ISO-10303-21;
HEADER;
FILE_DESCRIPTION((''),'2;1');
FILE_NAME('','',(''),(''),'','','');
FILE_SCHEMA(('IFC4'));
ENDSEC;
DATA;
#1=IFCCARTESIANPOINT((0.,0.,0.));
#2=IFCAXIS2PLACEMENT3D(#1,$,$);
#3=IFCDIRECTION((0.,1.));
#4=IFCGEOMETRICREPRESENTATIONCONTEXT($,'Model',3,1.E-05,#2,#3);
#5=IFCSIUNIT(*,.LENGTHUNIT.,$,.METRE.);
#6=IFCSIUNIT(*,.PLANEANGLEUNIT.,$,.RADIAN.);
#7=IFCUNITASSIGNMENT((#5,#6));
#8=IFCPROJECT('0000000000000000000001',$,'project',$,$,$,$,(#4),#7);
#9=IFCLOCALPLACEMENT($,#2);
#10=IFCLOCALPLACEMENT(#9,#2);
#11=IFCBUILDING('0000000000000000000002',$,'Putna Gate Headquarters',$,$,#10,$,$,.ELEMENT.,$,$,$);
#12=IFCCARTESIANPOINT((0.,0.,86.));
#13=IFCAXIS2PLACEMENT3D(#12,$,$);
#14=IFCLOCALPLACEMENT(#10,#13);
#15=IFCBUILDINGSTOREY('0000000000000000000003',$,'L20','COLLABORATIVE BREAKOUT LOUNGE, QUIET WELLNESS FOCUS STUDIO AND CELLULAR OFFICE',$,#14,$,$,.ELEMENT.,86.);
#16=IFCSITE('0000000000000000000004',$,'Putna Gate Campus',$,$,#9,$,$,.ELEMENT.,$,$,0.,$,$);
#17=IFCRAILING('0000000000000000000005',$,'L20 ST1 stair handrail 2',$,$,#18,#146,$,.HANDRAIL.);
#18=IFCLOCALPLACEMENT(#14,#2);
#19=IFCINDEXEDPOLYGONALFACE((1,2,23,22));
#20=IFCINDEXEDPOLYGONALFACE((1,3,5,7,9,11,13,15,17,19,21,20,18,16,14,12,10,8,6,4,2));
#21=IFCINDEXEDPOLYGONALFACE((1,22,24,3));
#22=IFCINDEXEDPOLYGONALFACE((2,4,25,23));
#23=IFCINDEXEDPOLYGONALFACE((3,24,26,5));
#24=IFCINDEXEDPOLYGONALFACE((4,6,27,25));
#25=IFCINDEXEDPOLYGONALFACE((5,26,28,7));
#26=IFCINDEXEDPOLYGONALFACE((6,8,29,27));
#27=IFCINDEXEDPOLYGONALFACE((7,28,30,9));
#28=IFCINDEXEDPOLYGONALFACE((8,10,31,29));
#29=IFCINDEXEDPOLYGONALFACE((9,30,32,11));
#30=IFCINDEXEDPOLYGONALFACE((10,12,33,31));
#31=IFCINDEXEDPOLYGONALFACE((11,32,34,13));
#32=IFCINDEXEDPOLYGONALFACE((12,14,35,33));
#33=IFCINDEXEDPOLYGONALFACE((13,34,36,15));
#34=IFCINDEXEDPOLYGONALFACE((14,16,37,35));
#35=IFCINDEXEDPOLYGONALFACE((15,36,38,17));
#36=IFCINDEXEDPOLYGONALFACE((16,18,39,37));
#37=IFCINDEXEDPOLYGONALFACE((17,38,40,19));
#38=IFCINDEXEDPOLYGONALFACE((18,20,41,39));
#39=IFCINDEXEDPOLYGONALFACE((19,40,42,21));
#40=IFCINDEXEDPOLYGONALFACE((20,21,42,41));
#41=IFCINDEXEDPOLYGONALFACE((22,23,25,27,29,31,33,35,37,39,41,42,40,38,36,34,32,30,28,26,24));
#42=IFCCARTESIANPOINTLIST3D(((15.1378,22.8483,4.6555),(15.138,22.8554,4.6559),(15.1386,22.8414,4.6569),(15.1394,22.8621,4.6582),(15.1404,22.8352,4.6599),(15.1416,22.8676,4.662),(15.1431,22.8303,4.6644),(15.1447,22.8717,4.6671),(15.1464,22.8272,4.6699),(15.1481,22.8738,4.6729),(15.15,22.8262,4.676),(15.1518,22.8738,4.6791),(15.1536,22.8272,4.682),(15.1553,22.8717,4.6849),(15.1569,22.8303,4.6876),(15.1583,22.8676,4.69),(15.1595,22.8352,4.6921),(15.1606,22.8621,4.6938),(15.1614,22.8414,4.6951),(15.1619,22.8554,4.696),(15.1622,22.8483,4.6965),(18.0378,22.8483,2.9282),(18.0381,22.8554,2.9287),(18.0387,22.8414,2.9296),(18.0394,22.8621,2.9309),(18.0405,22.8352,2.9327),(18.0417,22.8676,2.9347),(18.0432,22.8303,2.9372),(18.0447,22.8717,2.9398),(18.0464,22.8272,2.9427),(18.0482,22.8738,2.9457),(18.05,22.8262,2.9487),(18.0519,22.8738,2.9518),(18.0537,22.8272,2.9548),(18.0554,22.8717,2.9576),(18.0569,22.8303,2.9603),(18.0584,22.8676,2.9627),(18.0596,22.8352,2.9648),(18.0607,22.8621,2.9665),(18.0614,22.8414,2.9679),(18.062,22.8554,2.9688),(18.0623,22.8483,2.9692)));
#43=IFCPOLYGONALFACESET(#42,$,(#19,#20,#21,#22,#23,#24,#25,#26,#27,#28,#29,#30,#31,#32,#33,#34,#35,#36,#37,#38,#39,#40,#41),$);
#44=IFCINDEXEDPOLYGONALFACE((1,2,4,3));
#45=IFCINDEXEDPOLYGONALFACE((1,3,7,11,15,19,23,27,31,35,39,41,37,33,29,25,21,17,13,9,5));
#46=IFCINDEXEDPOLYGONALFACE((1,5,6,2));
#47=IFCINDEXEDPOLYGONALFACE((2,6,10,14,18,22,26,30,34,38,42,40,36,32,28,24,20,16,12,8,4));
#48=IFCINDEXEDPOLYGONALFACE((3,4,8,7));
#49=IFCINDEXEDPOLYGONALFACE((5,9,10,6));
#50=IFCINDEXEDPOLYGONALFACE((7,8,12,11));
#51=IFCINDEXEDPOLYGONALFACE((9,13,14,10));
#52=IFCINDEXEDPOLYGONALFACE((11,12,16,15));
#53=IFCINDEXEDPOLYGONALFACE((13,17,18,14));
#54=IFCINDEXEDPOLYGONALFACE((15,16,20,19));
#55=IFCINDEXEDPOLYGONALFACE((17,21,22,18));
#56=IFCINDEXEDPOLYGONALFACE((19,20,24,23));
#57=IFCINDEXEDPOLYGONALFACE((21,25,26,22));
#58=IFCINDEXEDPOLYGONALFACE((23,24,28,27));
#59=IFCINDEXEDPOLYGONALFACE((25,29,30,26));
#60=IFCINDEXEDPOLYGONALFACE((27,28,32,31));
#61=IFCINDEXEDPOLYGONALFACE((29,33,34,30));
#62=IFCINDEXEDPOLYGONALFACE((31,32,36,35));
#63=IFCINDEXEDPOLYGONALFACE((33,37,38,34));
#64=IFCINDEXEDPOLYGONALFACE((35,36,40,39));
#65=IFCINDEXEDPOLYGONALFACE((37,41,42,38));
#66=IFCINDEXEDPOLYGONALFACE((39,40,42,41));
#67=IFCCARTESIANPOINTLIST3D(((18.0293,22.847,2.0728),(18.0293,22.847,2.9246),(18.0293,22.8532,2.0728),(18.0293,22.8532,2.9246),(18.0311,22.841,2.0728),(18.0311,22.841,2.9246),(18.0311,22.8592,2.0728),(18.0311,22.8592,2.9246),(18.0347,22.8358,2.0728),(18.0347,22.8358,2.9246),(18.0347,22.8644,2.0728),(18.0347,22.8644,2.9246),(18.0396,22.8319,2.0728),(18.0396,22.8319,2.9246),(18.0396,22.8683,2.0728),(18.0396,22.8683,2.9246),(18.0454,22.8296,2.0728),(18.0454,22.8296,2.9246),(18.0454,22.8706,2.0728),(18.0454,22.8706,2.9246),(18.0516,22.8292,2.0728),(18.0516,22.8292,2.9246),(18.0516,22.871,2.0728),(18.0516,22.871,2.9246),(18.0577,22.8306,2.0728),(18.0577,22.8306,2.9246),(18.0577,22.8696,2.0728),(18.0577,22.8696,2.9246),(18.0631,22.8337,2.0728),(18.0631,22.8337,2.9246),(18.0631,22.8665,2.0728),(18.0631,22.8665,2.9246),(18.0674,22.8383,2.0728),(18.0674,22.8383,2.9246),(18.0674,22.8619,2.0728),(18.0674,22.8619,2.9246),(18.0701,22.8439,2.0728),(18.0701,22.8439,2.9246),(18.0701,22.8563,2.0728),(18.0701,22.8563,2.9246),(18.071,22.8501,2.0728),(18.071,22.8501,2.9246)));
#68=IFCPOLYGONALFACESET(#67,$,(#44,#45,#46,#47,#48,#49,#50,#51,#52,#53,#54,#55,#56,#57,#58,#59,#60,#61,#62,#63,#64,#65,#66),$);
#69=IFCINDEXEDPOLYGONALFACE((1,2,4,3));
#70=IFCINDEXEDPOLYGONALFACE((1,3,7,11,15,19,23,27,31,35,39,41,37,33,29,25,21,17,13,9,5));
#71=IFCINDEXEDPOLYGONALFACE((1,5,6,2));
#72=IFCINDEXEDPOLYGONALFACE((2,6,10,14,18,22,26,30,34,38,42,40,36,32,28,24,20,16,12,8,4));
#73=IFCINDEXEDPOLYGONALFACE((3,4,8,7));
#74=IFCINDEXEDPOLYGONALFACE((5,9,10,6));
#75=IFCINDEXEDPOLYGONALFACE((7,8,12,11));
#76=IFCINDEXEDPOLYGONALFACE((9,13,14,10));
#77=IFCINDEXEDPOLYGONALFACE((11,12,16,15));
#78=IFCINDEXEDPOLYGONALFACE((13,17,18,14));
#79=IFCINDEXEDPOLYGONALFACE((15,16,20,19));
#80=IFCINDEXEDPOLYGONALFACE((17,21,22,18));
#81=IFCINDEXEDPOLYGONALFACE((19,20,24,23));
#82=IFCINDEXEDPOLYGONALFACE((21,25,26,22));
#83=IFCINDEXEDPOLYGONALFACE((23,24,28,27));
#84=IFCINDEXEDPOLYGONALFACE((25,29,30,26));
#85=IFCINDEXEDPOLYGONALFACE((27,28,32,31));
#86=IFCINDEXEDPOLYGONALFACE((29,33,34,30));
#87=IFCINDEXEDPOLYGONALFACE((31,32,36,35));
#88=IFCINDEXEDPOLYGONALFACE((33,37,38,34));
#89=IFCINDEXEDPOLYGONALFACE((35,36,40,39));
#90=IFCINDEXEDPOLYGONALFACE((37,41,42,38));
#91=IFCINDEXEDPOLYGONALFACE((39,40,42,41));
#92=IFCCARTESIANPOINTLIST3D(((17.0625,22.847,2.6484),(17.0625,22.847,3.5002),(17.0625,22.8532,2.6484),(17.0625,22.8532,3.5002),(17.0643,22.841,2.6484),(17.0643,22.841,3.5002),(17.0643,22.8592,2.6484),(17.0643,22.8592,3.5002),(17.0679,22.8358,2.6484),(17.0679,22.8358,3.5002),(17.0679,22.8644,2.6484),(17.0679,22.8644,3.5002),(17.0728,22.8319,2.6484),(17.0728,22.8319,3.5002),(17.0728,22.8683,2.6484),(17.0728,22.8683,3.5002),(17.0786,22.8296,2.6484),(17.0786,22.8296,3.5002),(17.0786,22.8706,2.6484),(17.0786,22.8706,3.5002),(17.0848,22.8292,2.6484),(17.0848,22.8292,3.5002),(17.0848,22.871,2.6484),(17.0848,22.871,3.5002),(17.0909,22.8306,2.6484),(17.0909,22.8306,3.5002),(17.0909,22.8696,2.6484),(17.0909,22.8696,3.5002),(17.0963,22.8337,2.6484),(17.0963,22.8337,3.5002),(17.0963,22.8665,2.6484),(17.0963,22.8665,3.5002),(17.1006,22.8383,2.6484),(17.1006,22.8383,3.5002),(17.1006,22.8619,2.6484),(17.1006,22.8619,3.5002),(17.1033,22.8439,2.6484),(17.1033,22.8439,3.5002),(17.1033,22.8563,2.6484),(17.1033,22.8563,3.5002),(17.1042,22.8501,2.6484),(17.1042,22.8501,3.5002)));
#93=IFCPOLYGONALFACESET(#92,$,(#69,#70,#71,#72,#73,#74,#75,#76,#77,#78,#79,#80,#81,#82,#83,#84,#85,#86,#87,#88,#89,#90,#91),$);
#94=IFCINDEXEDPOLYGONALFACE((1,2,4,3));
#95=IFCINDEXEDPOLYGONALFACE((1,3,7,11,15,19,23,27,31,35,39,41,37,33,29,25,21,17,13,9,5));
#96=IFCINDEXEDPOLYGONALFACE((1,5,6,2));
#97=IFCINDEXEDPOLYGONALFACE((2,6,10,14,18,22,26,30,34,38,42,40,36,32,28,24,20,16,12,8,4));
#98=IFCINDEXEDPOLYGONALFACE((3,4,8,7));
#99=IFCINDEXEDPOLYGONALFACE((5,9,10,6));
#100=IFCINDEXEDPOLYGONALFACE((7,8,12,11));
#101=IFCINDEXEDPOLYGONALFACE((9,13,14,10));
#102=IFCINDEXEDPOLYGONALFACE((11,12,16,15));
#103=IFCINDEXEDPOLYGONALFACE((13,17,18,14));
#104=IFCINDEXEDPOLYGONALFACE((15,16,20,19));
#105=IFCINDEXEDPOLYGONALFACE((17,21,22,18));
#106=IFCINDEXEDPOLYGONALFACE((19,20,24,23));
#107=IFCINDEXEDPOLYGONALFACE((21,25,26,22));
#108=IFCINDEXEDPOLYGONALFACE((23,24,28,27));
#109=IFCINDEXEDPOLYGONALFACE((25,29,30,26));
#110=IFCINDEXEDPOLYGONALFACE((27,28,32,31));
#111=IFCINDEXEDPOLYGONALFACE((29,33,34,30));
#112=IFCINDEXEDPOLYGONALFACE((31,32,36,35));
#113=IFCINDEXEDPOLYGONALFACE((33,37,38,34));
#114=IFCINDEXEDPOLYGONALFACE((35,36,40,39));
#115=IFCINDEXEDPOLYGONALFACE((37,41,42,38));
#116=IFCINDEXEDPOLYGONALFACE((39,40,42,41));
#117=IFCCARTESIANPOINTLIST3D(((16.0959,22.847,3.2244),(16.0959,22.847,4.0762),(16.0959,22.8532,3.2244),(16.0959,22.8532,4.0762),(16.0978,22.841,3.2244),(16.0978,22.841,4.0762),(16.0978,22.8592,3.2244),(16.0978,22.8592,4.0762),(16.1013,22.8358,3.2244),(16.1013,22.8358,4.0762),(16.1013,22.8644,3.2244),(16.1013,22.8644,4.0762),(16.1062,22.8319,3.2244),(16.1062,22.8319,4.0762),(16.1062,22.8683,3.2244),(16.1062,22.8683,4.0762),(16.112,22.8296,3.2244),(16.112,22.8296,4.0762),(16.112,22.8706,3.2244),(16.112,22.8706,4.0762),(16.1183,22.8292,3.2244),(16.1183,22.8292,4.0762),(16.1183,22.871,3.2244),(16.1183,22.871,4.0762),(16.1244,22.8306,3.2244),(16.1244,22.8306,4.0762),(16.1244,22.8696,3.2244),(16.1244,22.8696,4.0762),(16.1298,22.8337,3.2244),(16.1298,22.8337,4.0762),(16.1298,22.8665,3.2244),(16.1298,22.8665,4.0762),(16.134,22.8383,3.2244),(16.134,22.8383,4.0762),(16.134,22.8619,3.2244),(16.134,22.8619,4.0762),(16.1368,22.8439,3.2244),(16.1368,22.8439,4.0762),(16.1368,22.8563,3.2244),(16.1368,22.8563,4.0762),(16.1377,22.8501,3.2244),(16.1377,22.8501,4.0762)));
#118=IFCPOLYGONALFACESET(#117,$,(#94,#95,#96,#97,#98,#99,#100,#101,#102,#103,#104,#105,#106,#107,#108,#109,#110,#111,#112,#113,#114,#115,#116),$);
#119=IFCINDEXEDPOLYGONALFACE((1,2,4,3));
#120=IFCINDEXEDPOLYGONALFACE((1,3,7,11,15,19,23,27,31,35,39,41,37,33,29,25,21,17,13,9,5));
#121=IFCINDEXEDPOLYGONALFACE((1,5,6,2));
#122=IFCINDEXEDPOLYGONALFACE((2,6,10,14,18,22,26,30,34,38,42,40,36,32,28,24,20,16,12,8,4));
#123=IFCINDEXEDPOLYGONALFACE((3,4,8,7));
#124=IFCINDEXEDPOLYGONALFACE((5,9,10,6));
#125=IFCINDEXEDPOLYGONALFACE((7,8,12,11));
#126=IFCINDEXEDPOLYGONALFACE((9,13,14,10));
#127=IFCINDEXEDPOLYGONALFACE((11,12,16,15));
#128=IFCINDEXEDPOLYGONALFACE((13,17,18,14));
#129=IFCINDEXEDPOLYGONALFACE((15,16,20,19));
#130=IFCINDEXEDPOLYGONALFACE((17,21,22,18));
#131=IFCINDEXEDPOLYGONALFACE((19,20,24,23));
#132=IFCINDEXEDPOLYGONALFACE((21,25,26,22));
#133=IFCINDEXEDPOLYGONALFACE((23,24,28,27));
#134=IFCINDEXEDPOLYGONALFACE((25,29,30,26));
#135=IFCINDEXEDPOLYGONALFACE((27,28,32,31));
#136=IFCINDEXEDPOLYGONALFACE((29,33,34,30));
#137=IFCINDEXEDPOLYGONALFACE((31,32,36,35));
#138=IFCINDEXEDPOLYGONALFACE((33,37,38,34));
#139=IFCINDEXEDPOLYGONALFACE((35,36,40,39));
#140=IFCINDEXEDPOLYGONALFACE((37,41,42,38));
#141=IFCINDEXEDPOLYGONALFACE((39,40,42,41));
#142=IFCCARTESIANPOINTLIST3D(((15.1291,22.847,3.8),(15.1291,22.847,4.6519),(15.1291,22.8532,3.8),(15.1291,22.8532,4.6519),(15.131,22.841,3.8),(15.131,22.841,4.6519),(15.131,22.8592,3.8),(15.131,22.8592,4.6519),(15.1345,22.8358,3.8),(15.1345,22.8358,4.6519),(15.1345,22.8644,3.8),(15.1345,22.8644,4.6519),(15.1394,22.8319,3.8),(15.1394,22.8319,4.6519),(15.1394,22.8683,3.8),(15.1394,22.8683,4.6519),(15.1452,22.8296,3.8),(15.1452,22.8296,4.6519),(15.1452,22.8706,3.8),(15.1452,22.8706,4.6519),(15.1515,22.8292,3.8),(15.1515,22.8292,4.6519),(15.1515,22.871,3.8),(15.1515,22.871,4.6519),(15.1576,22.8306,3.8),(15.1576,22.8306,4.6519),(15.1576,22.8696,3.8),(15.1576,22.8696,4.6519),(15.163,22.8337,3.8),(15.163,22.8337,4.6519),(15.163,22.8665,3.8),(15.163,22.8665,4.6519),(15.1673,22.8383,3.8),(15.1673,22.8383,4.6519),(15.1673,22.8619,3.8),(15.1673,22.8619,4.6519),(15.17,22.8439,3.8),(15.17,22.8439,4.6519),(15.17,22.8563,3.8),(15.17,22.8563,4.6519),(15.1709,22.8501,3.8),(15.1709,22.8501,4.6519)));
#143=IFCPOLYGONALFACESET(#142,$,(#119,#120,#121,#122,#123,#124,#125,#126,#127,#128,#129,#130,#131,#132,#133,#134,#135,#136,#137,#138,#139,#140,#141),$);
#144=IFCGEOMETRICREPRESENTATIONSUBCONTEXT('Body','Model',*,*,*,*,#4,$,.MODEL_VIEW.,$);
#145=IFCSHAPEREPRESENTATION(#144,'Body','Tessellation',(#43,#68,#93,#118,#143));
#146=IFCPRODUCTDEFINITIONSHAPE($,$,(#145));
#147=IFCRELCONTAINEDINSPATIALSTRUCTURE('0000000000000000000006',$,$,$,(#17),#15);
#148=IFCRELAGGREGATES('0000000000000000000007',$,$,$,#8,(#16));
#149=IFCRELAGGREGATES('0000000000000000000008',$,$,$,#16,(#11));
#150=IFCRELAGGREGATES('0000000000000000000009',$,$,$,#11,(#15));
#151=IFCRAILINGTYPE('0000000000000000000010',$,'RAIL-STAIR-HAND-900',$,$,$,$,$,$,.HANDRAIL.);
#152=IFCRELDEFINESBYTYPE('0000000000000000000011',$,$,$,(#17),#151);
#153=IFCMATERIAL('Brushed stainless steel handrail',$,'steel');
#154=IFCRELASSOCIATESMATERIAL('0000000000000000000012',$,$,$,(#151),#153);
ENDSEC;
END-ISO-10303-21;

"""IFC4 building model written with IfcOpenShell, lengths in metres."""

from ifc_helpers import new_model, si_unit, direction, frame, origin, origin_2d, place, context, subcontext, project, spatial, circle, extrude, material, type_object, element, save


model = new_model("IFC4")

# Units and contexts
model_context = context("Model", 3, precision=1e-05, world=origin(), true_north=direction((0.0, 1.0)))
body_context = subcontext(model_context, "Body", "Model", "MODEL_VIEW")
ifc_project = project(units=[si_unit("LENGTHUNIT", "METRE"), si_unit("PLANEANGLEUNIT", "RADIAN")], contexts=[model_context])

# Site, building, storey
site_placement = place(None, origin())
site = spatial("IfcSite", under=ifc_project, at=site_placement, Name="Putna Gate Campus", CompositionType="ELEMENT", RefElevation=0.0)
building_placement = place(site_placement, origin())
building = spatial("IfcBuilding", under=site, at=building_placement, Name="Putna Gate Headquarters", CompositionType="ELEMENT")
storey_placement = place(building_placement, frame((0.0, 0.0, 86.0)))
storey = spatial("IfcBuildingStorey", under=building, at=storey_placement, Name="L20", Description="COLLABORATIVE BREAKOUT LOUNGE, QUIET WELLNESS FOCUS STUDIO AND CELLULAR OFFICE", CompositionType="ELEMENT", Elevation=86.0)

# Railing
ifc_material_1 = material(Name="Brushed stainless steel handrail", Category="steel")
railing_type_1 = type_object("IfcRailingType", Name="RAIL-STAIR-HAND-900", PredefinedType="HANDRAIL", material=ifc_material_1)
railing_1_placement = place(storey_placement, frame((18.05, 22.8501, 2.0728)))
element("IfcRailing", 1, at=railing_1_placement, inside=storey, type_object=railing_type_1, Name="L20 ST1 stair handrail 2", PredefinedType="HANDRAIL", context=body_context, shape_type="SweptSolid", body=[
    extrude(circle(Radius=0.0239, at=origin_2d()), frame((0.0, 0.0, 0.876), z_axis=(-0.85916, 0.0, 0.511706), x_axis=(0.0, -1.0, 0.0)), (0.0, 0.0, 1.0), 3.3755),
    extrude(circle(Radius=0.021, at=origin_2d()), origin(), (0.0, 0.0, 1.0), 0.8518),
    extrude(circle(Radius=0.021, at=origin_2d()), frame((-0.9668, 0.0, 0.5757)), (0.0, 0.0, 1.0), 0.8518),
    extrude(circle(Radius=0.021, at=origin_2d()), frame((-1.9333, 0.0, 1.1516)), (0.0, 0.0, 1.0), 0.8518),
    extrude(circle(Radius=0.021, at=origin_2d()), frame((-2.9001, 0.0, 1.7273)), (0.0, 0.0, 1.0), 0.8518),
])

save(model, "model.ifc")
